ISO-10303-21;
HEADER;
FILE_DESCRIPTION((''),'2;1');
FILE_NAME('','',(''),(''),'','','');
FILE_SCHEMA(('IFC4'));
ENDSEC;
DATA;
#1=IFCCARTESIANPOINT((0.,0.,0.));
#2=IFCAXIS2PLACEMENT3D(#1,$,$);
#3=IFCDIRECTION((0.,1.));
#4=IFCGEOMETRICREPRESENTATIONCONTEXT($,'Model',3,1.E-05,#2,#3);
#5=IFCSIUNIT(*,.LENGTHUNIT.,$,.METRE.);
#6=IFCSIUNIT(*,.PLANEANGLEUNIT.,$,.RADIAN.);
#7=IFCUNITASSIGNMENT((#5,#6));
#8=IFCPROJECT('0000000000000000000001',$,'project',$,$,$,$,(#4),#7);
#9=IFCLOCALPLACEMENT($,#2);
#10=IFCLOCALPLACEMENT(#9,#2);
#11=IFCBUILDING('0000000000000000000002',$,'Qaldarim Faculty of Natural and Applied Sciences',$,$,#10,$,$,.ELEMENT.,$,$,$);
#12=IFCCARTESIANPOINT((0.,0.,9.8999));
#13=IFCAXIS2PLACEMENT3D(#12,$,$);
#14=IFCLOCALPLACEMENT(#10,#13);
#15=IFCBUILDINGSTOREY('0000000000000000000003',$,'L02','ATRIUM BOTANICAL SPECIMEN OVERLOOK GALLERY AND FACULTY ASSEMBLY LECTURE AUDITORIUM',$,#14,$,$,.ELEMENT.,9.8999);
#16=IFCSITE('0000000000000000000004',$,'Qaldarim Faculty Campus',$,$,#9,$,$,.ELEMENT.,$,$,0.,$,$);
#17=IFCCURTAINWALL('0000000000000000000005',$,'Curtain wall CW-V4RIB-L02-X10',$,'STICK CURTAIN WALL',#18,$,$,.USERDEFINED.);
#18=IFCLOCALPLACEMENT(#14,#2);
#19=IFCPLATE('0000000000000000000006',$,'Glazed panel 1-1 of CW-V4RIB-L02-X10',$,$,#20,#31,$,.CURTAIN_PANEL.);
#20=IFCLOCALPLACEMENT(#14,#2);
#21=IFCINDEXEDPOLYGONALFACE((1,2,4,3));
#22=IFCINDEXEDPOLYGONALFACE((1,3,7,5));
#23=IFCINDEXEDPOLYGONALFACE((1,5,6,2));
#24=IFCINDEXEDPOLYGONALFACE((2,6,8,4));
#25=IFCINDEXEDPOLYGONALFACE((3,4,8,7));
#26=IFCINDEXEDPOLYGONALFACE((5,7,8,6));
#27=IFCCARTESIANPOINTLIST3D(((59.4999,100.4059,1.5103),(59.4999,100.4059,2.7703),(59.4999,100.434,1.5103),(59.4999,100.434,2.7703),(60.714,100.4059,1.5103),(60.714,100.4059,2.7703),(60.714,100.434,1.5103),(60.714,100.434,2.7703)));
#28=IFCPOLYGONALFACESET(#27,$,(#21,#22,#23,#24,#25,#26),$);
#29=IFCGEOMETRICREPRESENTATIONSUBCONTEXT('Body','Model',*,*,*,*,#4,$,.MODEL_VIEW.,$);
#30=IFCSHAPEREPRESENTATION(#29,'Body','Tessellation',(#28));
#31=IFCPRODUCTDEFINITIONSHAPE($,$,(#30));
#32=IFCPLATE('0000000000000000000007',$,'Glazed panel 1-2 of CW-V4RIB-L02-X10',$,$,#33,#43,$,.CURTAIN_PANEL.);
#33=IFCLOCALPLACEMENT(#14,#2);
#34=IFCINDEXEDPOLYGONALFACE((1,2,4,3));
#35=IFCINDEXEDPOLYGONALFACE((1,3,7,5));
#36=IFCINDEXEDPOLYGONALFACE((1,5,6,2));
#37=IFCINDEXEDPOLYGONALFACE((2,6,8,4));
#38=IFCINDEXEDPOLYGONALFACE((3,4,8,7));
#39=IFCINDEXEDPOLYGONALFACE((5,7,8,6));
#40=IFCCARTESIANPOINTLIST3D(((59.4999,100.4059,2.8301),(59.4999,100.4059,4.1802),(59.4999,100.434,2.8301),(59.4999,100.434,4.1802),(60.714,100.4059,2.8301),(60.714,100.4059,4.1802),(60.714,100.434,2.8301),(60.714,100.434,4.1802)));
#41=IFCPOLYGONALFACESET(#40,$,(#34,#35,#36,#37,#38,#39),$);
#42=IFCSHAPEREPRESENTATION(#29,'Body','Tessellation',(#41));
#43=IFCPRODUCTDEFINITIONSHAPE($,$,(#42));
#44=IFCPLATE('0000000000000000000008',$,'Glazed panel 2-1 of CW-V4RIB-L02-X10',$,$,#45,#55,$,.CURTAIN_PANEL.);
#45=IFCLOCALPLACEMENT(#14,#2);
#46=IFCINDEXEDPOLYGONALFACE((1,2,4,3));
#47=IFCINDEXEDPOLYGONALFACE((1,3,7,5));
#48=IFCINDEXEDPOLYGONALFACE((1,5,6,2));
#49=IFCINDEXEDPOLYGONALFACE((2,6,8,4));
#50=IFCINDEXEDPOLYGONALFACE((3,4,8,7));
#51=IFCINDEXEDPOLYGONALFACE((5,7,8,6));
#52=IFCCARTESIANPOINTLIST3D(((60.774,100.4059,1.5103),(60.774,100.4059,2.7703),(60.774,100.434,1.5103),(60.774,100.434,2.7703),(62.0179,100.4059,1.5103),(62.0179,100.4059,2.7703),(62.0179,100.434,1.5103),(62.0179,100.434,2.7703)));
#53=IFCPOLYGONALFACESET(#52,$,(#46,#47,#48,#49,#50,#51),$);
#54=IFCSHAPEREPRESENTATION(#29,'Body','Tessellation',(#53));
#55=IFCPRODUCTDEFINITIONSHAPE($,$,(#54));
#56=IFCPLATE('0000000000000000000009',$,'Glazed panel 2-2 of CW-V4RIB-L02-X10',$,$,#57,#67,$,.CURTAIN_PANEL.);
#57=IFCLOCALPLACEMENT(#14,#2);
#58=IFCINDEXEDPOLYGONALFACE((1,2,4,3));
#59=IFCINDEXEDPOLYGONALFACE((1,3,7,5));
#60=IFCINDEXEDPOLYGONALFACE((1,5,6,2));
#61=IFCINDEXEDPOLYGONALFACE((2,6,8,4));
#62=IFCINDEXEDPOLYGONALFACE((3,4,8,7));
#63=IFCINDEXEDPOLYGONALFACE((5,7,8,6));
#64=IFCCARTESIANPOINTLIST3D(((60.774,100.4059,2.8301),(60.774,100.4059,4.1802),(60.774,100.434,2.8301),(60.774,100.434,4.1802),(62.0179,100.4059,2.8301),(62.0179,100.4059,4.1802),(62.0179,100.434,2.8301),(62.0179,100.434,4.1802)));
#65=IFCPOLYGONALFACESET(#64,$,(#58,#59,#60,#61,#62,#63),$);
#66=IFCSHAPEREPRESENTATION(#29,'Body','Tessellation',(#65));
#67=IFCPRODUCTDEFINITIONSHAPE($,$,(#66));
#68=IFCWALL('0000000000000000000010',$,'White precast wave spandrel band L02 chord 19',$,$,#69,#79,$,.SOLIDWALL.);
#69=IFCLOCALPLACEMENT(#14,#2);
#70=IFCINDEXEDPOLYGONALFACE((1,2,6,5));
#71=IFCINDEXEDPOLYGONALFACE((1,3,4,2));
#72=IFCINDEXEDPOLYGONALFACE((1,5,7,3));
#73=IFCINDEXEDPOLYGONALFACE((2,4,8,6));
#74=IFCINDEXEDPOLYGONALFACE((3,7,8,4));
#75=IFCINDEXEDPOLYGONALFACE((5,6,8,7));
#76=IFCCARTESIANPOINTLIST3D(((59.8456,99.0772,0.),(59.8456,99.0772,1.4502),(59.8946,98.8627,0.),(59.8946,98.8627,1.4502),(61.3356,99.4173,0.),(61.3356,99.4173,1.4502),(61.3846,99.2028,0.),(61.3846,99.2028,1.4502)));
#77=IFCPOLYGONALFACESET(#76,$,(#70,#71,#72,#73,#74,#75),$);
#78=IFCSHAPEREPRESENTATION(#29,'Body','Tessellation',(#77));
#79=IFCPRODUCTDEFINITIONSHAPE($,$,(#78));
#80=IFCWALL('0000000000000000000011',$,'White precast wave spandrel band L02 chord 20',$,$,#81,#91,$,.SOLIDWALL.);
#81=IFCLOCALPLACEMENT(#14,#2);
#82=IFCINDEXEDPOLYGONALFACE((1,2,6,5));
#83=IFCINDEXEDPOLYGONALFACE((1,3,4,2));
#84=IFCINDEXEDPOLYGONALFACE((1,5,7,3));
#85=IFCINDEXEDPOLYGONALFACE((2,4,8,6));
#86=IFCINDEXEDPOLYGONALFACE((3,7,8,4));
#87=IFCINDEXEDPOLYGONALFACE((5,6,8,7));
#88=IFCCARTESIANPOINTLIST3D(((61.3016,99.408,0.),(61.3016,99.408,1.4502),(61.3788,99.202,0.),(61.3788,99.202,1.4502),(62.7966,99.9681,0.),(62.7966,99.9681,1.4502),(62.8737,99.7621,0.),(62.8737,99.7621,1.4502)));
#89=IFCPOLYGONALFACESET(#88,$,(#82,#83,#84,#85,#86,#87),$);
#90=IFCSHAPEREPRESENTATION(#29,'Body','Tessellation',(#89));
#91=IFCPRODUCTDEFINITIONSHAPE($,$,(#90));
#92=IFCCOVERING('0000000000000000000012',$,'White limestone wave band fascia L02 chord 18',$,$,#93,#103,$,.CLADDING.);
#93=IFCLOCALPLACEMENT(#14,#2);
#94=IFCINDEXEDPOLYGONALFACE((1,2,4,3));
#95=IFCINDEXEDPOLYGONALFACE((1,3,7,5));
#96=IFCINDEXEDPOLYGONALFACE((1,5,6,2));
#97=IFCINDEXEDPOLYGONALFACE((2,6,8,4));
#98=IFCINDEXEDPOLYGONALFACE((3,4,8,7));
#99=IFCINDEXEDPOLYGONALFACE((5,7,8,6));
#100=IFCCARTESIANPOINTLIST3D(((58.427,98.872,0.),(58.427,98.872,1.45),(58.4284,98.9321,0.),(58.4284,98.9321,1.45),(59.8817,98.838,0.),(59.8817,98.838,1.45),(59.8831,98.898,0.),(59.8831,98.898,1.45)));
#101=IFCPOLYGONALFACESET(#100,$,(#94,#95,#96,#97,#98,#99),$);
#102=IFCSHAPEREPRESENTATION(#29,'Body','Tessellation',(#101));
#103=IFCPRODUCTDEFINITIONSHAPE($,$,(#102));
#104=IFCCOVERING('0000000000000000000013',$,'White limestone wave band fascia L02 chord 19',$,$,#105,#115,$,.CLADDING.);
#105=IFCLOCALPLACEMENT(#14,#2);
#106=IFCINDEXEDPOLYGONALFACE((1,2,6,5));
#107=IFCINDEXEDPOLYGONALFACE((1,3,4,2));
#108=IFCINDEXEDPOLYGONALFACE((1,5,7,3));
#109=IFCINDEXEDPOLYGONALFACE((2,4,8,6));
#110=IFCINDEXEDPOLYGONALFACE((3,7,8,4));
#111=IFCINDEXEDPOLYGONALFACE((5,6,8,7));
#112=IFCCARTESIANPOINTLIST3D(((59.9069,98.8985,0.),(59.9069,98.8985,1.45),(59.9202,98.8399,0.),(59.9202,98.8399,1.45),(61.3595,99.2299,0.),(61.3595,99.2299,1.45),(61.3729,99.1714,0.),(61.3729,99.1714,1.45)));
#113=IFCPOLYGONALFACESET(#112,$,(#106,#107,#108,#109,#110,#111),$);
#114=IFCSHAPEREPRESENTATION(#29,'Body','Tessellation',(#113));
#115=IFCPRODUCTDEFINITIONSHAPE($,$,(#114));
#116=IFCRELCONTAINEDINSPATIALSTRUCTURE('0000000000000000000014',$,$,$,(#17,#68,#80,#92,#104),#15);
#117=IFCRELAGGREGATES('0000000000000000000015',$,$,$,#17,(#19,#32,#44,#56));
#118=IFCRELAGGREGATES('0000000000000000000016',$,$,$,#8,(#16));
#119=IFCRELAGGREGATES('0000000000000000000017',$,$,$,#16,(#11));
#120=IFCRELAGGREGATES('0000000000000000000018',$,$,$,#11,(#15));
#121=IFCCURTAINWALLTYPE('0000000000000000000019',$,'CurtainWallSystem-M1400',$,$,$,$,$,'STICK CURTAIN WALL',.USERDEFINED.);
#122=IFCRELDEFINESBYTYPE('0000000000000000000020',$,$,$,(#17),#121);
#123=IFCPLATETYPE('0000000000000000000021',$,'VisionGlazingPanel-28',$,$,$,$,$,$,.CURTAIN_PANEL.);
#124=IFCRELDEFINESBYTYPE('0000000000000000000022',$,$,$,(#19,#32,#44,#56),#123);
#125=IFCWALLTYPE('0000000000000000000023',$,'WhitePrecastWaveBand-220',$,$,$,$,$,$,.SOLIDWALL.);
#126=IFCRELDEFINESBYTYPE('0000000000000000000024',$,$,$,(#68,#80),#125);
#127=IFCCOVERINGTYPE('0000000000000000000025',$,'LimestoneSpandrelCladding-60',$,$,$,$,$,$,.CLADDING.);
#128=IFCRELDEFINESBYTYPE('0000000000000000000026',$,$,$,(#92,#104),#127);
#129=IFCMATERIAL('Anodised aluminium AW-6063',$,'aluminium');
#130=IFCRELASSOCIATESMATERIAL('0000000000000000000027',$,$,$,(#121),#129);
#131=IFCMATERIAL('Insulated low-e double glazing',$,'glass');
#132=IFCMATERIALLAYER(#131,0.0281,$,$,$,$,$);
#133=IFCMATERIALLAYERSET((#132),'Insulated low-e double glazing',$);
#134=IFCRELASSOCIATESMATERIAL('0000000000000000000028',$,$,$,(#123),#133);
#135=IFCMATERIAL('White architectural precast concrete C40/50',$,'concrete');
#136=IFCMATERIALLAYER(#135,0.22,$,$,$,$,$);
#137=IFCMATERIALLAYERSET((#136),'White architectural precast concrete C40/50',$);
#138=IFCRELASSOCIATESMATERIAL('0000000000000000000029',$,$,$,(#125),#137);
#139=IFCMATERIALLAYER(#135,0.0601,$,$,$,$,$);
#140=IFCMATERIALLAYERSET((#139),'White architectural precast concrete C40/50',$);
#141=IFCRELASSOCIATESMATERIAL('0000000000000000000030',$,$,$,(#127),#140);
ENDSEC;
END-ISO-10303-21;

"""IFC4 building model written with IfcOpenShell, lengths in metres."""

from ifc_helpers import new_model, si_unit, direction, frame, frame_2d, origin, origin_2d, place, context, subcontext, project, spatial, rectangle, extrude, material, layer, layer_set, type_object, element, aggregate, save


model = new_model("IFC4")

# Units and contexts
model_context = context("Model", 3, precision=1e-05, world=origin(), true_north=direction((0.0, 1.0)))
body_context = subcontext(model_context, "Body", "Model", "MODEL_VIEW")
ifc_project = project(units=[si_unit("LENGTHUNIT", "METRE"), si_unit("PLANEANGLEUNIT", "RADIAN")], contexts=[model_context])

# Site, building, storey
site_placement = place(None, origin())
site = spatial("IfcSite", under=ifc_project, at=site_placement, Name="Qaldarim Faculty Campus", CompositionType="ELEMENT", RefElevation=0.0)
building_placement = place(site_placement, origin())
building = spatial("IfcBuilding", under=site, at=building_placement, Name="Qaldarim Faculty of Natural and Applied Sciences", CompositionType="ELEMENT")
storey_placement = place(building_placement, frame((0.0, 0.0, 9.8999)))
storey = spatial("IfcBuildingStorey", under=building, at=storey_placement, Name="L02", Description="ATRIUM BOTANICAL SPECIMEN OVERLOOK GALLERY AND FACULTY ASSEMBLY LECTURE AUDITORIUM", CompositionType="ELEMENT", Elevation=9.8999)

# Shared definitions
ifc_material_1 = material(Name="Anodised aluminium AW-6063", Category="aluminium")
curtain_wall_type = type_object("IfcCurtainWallType", Name="CurtainWallSystem-M1400", ElementType="STICK CURTAIN WALL", PredefinedType="USERDEFINED", material=ifc_material_1)

# Curtain wall
curtain_wall_1_placement = place(storey_placement, origin())
curtain_wall_1 = element("IfcCurtainWall", 1, at=curtain_wall_1_placement, inside=storey, type_object=curtain_wall_type, Name="Curtain wall CW-V4RIB-L02-X10", ObjectType="STICK CURTAIN WALL", PredefinedType="USERDEFINED")

# Plates
ifc_material_2 = material(Name="Insulated low-e double glazing", Category="glass")
ifc_layer_1 = layer(ifc_material_2, 0.0281)
ifc_layer_set_1 = layer_set([ifc_layer_1], Name="Insulated low-e double glazing")
plate_type = type_object("IfcPlateType", Name="VisionGlazingPanel-28", PredefinedType="CURTAIN_PANEL", material=ifc_layer_set_1)
plate_1_placement = place(storey_placement, frame((60.1069, 100.4199, 1.5103), z_axis=(0.0, 0.0, 1.0), x_axis=(1.0, 0.0, 0.0)))
plate_1 = element("IfcPlate", 2, at=plate_1_placement, type_object=plate_type, Name="Glazed panel 1-1 of CW-V4RIB-L02-X10", PredefinedType="CURTAIN_PANEL", context=body_context, shape_type="SweptSolid", body=[
    extrude(rectangle(XDim=1.2141, YDim=0.0281, at=origin_2d()), origin(), (0.0, 0.0, 1.0), 1.26),
])
plate_2_placement = place(storey_placement, frame((60.1069, 100.4199, 2.8301), z_axis=(0.0, 0.0, 1.0), x_axis=(1.0, 0.0, 0.0)))
plate_2 = element("IfcPlate", 3, at=plate_2_placement, type_object=plate_type, Name="Glazed panel 1-2 of CW-V4RIB-L02-X10", PredefinedType="CURTAIN_PANEL", context=body_context, shape_type="SweptSolid", body=[
    extrude(rectangle(XDim=1.2141, YDim=0.0281, at=origin_2d()), origin(), (0.0, 0.0, 1.0), 1.3501),
])
plate_3_placement = place(storey_placement, frame((61.396, 100.4199, 1.5103), z_axis=(0.0, 0.0, 1.0), x_axis=(1.0, 0.0, 0.0)))
plate_3 = element("IfcPlate", 4, at=plate_3_placement, type_object=plate_type, Name="Glazed panel 2-1 of CW-V4RIB-L02-X10", PredefinedType="CURTAIN_PANEL", context=body_context, shape_type="SweptSolid", body=[
    extrude(rectangle(XDim=1.2439, YDim=0.0281, at=origin_2d()), origin(), (0.0, 0.0, 1.0), 1.26),
])
plate_4_placement = place(storey_placement, frame((61.396, 100.4199, 2.8301), z_axis=(0.0, 0.0, 1.0), x_axis=(1.0, 0.0, 0.0)))
plate_4 = element("IfcPlate", 5, at=plate_4_placement, type_object=plate_type, Name="Glazed panel 2-2 of CW-V4RIB-L02-X10", PredefinedType="CURTAIN_PANEL", context=body_context, shape_type="SweptSolid", body=[
    extrude(rectangle(XDim=1.2439, YDim=0.0281, at=origin_2d()), origin(), (0.0, 0.0, 1.0), 1.3501),
])
aggregate(curtain_wall_1, [plate_1, plate_2, plate_3, plate_4])

# Walls
ifc_material_3 = material(Name="White architectural precast concrete C40/50", Category="concrete")
ifc_layer_2 = layer(ifc_material_3, 0.22)
ifc_layer_set_2 = layer_set([ifc_layer_2], Name="White architectural precast concrete C40/50")
wall_type = type_object("IfcWallType", Name="WhitePrecastWaveBand-220", PredefinedType="SOLIDWALL", material=ifc_layer_set_2)
wall_1_placement = place(storey_placement, frame((59.8701, 98.97, 0.0), z_axis=(0.0, 0.0, 1.0), x_axis=(0.974927, 0.222526, 0.0)))
element("IfcWall", 6, at=wall_1_placement, inside=storey, type_object=wall_type, Name="White precast wave spandrel band L02 chord 19", PredefinedType="SOLIDWALL", context=body_context, shape_type="SweptSolid", body=[
    extrude(rectangle(XDim=1.5283, YDim=0.22, at=frame_2d((0.7642, 0.0))), origin(), (0.0, 0.0, 1.0), 1.4502),
])
wall_2_placement = place(storey_placement, frame((61.3401, 99.3049, 0.0), z_axis=(0.0, 0.0, 1.0), x_axis=(0.936436, 0.350839, 0.0)))
element("IfcWall", 7, at=wall_2_placement, inside=storey, type_object=wall_type, Name="White precast wave spandrel band L02 chord 20", PredefinedType="SOLIDWALL", context=body_context, shape_type="SweptSolid", body=[
    extrude(rectangle(XDim=1.5964, YDim=0.22, at=frame_2d((0.7983, 0.0))), origin(), (0.0, 0.0, 1.0), 1.4502),
])

# Coverings
ifc_layer_3 = layer(ifc_material_3, 0.0601)
ifc_layer_set_3 = layer_set([ifc_layer_3], Name="White architectural precast concrete C40/50")
covering_type = type_object("IfcCoveringType", Name="LimestoneSpandrelCladding-60", PredefinedType="CLADDING", material=ifc_layer_set_3)
covering_1_placement = place(storey_placement, frame((59.155, 98.885, 0.0), z_axis=(0.0, 0.0, 1.0), x_axis=(0.999726, -0.023403, 0.0)))
element("IfcCovering", 8, at=covering_1_placement, inside=storey, type_object=covering_type, Name="White limestone wave band fascia L02 chord 18", PredefinedType="CLADDING", context=body_context, shape_type="SweptSolid", body=[
    extrude(rectangle(XDim=1.4551, YDim=0.0601, at=origin_2d()), origin(), (0.0, 0.0, 1.0), 1.45),
])
covering_2_placement = place(storey_placement, frame((60.6399, 99.0349, 0.0), z_axis=(0.0, 0.0, 1.0), x_axis=(0.97494, 0.222467, 0.0)))
element("IfcCovering", 9, at=covering_2_placement, inside=storey, type_object=covering_type, Name="White limestone wave band fascia L02 chord 19", PredefinedType="CLADDING", context=body_context, shape_type="SweptSolid", body=[
    extrude(rectangle(XDim=1.49, YDim=0.0601, at=origin_2d()), origin(), (0.0, 0.0, 1.0), 1.45),
])

save(model, "model.ifc")
